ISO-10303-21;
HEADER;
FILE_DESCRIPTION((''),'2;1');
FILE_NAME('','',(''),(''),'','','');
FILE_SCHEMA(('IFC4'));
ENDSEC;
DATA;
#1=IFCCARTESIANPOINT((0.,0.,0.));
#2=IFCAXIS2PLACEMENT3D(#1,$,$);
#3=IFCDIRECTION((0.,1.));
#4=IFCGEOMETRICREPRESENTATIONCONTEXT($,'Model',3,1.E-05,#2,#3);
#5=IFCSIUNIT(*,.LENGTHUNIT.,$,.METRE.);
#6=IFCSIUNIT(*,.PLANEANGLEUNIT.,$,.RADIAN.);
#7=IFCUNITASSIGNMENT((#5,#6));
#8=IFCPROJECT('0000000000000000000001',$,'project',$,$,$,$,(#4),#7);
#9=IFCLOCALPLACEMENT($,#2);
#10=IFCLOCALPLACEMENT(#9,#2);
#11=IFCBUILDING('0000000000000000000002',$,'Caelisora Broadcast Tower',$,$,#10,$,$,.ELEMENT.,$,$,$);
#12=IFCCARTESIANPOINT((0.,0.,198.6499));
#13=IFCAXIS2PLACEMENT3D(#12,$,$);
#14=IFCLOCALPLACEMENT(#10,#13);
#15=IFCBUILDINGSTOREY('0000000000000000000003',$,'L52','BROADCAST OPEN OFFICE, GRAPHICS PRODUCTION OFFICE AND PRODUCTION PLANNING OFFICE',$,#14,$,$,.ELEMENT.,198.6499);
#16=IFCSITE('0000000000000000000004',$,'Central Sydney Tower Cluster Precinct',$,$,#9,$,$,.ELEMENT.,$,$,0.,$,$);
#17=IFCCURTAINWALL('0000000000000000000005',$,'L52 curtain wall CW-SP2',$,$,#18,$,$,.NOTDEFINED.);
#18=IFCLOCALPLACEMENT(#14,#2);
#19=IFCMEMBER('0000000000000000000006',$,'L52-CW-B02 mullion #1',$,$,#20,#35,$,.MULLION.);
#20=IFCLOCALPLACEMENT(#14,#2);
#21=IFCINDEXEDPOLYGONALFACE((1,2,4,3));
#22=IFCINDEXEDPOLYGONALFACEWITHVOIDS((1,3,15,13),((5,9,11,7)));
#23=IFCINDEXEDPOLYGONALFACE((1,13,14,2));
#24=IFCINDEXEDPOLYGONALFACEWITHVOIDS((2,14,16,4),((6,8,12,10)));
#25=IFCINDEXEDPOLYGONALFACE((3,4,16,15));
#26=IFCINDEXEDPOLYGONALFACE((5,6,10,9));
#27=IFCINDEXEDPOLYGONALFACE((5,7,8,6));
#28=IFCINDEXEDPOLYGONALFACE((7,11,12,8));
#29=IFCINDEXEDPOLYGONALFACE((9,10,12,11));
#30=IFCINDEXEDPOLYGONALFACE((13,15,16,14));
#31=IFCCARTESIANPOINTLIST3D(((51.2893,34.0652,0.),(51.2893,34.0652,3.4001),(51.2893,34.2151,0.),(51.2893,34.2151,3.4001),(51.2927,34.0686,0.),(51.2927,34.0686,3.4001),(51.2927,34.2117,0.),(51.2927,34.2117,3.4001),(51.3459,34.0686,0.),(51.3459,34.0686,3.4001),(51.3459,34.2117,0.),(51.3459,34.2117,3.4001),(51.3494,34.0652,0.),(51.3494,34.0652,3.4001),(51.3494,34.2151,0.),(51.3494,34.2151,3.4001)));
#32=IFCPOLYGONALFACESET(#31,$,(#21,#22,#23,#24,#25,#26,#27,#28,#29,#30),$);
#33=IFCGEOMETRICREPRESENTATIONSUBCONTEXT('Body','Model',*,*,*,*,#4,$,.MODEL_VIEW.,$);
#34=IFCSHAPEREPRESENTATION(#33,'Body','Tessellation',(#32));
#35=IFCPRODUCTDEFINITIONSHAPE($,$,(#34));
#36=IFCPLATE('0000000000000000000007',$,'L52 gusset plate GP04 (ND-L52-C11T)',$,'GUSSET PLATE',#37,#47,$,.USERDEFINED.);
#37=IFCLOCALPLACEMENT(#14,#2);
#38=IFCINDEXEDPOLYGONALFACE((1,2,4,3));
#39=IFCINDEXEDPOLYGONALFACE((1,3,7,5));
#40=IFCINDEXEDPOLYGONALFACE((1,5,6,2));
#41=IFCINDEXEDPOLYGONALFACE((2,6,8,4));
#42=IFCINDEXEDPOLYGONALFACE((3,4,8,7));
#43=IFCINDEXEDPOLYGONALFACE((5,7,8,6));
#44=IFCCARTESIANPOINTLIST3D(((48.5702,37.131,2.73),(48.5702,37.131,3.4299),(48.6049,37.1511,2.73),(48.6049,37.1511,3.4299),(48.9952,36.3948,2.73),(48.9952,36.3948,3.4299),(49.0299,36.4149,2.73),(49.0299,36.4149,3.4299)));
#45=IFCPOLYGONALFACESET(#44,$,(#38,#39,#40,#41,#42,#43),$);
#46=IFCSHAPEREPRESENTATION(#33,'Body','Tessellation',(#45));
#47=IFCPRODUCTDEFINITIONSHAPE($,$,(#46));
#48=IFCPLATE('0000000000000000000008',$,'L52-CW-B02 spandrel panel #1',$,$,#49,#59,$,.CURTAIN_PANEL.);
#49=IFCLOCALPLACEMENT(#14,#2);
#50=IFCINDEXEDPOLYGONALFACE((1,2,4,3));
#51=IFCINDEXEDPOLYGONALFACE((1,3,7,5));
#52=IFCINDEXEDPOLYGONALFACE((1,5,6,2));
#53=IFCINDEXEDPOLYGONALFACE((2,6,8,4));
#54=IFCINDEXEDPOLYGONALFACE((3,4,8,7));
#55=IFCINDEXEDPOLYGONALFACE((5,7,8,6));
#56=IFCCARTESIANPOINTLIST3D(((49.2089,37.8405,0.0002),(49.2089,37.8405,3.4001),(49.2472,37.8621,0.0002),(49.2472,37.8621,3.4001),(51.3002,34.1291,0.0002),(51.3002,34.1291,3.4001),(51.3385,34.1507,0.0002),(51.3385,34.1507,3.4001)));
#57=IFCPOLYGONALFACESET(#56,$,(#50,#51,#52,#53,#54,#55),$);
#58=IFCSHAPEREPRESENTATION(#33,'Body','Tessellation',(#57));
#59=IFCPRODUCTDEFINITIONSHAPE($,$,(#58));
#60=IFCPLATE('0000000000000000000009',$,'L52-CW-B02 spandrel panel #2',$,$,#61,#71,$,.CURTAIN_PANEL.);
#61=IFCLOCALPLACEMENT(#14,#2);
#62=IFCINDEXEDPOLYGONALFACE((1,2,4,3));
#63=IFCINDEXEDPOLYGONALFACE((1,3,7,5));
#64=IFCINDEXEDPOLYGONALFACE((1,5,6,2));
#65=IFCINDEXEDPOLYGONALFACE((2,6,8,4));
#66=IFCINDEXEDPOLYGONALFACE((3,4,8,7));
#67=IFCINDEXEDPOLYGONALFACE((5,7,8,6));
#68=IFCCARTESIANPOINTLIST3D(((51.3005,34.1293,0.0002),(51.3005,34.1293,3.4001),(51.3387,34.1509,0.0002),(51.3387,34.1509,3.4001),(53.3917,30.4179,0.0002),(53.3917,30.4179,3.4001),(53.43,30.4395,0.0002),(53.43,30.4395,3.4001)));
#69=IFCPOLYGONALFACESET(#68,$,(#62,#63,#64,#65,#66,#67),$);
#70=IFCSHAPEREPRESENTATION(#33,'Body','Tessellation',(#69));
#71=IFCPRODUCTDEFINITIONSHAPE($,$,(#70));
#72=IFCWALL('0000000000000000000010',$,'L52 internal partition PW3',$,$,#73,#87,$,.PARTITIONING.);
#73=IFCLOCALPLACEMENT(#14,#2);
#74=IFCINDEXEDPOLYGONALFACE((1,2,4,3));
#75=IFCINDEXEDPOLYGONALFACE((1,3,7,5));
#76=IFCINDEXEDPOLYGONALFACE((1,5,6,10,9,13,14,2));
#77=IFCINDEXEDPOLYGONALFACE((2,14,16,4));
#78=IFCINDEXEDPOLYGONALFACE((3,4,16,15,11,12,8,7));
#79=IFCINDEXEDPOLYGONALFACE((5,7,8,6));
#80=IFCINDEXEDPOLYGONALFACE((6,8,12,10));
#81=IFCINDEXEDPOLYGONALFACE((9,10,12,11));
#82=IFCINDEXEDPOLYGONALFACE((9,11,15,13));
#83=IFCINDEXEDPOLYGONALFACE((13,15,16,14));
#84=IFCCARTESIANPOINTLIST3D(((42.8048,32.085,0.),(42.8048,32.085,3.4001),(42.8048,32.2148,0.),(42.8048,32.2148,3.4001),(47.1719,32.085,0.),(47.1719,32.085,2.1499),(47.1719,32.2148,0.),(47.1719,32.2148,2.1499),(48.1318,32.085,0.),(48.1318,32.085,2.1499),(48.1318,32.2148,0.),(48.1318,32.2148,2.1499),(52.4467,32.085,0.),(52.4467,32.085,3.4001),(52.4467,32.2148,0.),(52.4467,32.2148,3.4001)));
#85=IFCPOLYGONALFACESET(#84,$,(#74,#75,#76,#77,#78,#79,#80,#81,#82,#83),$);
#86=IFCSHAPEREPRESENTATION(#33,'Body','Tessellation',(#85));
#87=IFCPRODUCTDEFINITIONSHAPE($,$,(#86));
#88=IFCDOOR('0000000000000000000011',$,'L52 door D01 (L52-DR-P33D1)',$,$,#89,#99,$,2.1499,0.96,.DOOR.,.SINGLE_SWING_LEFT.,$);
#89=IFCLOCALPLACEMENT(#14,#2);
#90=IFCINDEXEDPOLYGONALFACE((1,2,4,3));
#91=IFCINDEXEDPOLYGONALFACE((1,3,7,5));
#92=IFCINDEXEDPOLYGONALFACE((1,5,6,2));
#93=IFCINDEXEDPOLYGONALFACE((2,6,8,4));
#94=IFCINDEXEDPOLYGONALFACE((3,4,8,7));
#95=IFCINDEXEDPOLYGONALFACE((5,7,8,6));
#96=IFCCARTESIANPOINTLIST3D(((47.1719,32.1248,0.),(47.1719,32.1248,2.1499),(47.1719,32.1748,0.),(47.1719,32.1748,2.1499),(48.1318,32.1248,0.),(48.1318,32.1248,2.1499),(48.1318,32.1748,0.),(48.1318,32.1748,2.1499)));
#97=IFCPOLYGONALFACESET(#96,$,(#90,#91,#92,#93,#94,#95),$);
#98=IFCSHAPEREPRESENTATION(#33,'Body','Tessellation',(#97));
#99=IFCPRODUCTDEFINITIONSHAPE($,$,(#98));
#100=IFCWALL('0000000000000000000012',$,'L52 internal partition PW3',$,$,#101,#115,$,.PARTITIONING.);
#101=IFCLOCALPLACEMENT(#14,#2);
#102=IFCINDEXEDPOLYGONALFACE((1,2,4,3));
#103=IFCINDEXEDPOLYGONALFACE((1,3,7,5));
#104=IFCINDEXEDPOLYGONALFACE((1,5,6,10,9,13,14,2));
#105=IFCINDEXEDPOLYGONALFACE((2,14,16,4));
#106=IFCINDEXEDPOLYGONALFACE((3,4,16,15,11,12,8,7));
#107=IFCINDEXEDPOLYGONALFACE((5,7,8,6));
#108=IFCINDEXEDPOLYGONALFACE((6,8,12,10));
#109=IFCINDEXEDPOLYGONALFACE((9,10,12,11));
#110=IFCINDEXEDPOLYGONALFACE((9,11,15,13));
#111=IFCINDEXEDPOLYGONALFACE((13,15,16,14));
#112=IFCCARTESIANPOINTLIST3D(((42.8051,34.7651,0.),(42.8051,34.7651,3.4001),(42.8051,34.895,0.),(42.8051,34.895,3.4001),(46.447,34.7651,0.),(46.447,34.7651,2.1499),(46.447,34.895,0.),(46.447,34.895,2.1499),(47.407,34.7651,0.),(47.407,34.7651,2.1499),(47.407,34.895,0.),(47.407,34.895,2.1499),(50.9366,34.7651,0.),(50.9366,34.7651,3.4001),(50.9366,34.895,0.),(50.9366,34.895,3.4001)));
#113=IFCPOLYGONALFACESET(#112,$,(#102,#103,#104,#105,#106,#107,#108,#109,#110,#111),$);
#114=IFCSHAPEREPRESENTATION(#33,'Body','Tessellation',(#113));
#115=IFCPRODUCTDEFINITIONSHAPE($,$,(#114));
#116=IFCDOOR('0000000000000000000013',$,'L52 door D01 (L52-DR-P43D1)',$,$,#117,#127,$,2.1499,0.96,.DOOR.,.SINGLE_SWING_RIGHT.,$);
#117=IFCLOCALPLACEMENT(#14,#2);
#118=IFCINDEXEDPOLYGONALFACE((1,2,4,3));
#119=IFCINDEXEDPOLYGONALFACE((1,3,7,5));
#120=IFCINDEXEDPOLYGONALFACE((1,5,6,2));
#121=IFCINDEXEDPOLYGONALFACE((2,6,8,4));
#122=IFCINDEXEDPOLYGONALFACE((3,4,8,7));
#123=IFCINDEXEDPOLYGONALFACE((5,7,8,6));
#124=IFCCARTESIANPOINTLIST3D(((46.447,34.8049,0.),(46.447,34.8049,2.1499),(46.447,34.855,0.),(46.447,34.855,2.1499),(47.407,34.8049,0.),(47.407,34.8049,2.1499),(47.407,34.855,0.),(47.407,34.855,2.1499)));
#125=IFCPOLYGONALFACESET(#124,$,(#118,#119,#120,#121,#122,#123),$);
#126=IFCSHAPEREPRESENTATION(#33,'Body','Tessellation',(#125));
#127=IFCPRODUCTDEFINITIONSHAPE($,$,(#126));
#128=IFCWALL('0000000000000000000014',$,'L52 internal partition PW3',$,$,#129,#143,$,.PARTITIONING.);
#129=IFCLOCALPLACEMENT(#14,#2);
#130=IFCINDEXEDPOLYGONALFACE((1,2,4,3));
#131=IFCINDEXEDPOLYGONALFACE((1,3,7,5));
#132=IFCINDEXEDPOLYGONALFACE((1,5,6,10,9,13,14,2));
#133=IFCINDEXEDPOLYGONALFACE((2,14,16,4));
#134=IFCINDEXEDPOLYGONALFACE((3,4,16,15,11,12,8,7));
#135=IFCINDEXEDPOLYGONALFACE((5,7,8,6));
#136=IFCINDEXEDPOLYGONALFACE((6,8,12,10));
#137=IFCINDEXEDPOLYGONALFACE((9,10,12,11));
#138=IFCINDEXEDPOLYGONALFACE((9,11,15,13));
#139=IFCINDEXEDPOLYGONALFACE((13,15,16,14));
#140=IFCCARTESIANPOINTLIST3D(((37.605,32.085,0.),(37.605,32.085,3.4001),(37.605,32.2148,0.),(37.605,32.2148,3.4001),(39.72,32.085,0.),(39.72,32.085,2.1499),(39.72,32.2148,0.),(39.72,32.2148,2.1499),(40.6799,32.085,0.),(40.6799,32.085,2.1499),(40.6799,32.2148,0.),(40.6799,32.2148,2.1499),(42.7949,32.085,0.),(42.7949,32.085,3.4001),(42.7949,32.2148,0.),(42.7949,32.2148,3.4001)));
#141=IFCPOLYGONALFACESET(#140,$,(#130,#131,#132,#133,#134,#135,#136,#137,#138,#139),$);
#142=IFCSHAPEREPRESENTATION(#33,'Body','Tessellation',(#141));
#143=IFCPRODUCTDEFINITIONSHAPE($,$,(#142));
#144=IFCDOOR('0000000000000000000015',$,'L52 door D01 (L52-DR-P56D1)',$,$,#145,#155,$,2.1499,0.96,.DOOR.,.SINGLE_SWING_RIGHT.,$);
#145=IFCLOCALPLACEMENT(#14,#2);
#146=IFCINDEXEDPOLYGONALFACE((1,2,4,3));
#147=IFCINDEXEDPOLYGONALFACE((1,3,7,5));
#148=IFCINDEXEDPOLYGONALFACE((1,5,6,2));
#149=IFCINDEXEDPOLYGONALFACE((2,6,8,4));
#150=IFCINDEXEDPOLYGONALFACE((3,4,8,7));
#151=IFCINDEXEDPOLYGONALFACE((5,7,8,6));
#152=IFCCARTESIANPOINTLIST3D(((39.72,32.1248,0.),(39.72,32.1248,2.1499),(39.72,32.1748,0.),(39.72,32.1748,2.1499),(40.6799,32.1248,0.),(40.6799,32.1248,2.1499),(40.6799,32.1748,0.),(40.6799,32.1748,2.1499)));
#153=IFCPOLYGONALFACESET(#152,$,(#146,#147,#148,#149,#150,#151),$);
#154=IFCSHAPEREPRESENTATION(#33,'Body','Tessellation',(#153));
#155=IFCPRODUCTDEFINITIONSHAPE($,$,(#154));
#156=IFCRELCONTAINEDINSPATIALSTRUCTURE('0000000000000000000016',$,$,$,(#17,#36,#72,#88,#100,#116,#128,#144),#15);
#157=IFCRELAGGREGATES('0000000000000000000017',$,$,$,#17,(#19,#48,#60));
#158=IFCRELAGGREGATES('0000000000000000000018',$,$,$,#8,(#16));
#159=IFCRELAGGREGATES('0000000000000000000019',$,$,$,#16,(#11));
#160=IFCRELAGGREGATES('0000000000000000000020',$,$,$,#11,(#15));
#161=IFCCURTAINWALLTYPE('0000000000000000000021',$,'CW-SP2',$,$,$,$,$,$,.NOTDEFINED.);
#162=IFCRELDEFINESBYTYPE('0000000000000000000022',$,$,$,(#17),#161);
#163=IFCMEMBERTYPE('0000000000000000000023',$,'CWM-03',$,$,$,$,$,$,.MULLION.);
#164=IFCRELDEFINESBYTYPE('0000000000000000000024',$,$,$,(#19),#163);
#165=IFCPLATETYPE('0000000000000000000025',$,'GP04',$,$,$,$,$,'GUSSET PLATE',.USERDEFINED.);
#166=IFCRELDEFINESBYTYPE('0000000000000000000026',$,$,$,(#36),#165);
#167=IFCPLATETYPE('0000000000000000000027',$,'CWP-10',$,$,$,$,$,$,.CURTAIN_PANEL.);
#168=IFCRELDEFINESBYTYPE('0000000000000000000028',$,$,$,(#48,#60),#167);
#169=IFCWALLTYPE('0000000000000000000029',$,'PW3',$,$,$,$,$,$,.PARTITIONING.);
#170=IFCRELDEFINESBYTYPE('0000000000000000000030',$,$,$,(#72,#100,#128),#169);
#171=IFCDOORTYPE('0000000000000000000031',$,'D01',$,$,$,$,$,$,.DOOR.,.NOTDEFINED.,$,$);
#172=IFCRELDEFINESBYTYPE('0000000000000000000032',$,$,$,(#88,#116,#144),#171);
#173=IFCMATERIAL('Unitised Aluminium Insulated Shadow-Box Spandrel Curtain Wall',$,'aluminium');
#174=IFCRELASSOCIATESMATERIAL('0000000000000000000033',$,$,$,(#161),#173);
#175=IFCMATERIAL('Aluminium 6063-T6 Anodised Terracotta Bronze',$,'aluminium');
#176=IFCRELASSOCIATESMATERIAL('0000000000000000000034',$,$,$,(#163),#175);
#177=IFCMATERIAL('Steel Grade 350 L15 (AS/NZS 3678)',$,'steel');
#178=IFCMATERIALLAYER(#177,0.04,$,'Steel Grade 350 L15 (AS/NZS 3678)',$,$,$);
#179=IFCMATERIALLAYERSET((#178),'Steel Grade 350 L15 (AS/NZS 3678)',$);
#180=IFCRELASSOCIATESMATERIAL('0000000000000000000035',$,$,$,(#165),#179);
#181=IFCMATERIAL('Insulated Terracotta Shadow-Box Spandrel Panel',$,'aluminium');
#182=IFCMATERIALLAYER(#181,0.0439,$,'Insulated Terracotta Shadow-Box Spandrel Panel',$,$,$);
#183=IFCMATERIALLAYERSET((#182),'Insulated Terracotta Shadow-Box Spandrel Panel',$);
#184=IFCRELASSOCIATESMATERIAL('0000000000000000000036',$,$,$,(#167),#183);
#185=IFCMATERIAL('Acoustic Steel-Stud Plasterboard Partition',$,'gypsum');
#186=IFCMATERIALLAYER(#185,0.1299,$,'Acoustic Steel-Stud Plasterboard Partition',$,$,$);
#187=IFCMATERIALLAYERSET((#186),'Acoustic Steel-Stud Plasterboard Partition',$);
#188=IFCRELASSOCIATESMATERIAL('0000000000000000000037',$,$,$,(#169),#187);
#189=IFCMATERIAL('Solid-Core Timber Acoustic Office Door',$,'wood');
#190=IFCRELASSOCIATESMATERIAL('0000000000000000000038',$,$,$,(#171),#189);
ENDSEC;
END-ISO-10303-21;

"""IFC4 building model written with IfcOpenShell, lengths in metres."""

from ifc_helpers import new_model, si_unit, direction, frame, frame_2d, origin, origin_2d, place, context, subcontext, project, spatial, rectangle, hollow_rectangle, extrude, source, transform, mapped, material, layer, layer_set, material_profile, profile_set, type_object, type_shapes, element, fill, aggregate, save


model = new_model("IFC4")

# Units and contexts
model_context = context("Model", 3, precision=1e-05, world=origin(), true_north=direction((0.0, 1.0)))
body_context = subcontext(model_context, "Body", "Model", "MODEL_VIEW")
ifc_project = project(units=[si_unit("LENGTHUNIT", "METRE"), si_unit("PLANEANGLEUNIT", "RADIAN")], contexts=[model_context])

# Site, building, storey
site_placement = place(None, origin())
site = spatial("IfcSite", under=ifc_project, at=site_placement, Name="Central Sydney Tower Cluster Precinct", CompositionType="ELEMENT", RefElevation=0.0)
building_placement = place(site_placement, origin())
building = spatial("IfcBuilding", under=site, at=building_placement, Name="Caelisora Broadcast Tower", CompositionType="ELEMENT")
storey_placement = place(building_placement, frame((0.0, 0.0, 198.6499)))
storey = spatial("IfcBuildingStorey", under=building, at=storey_placement, Name="L52", Description="BROADCAST OPEN OFFICE, GRAPHICS PRODUCTION OFFICE AND PRODUCTION PLANNING OFFICE", CompositionType="ELEMENT", Elevation=198.6499)

# Shared definitions
ifc_material_1 = material(Name="Steel Grade 350 L15 (AS/NZS 3678)", Category="steel")

# Curtain wall, member
ifc_material_2 = material(Name="Unitised Aluminium Insulated Shadow-Box Spandrel Curtain Wall", Category="aluminium")
curtain_wall_type = type_object("IfcCurtainWallType", Name="CW-SP2", PredefinedType="NOTDEFINED", material=ifc_material_2)
curtain_wall_placement = place(storey_placement, origin())
curtain_wall = element("IfcCurtainWall", 1, at=curtain_wall_placement, inside=storey, type_object=curtain_wall_type, Name="L52 curtain wall CW-SP2", PredefinedType="NOTDEFINED")
ifc_material_3 = material(Name="Aluminium 6063-T6 Anodised Terracotta Bronze", Category="aluminium")
ifc_material_profile_1 = material_profile(ifc_material_3, hollow_rectangle(XDim=0.0601, YDim=0.1499, WallThickness=0.0034, at=origin_2d()), Name="Aluminium 6063-T6 Anodised Terracotta Bronze")
ifc_profile_set_1 = profile_set([ifc_material_profile_1], Name="Aluminium 6063-T6 Anodised Terracotta Bronze")
member_type = type_object("IfcMemberType", Name="CWM-03", PredefinedType="MULLION", material=ifc_profile_set_1)
shared_shape_1 = source(origin(), body_context, "Body", "SweptSolid", [
    extrude(hollow_rectangle(XDim=0.0601, YDim=0.1499, WallThickness=0.0034, at=origin_2d()), origin(), (0.0, 0.0, 1.0), 3.4001),
])
type_shapes(member_type, [shared_shape_1])
member_placement = place(storey_placement, frame((51.3193, 34.1401, 0.0), z_axis=(0.0, 0.0, 1.0), x_axis=(1.0, 0.0, 0.0)))
member = element("IfcMember", 2, at=member_placement, type_object=member_type, Name="L52-CW-B02 mullion #1", PredefinedType="MULLION", context=body_context, shape_type="MappedRepresentation", body=[
    mapped(shared_shape_1, transform((0.0, 0.0, 0.0), scale=1.0)),
])

# Plates
ifc_layer_1 = layer(ifc_material_1, 0.04, Name="Steel Grade 350 L15 (AS/NZS 3678)")
ifc_layer_set_1 = layer_set([ifc_layer_1], Name="Steel Grade 350 L15 (AS/NZS 3678)")
plate_type_1 = type_object("IfcPlateType", Name="GP04", ElementType="GUSSET PLATE", PredefinedType="USERDEFINED", material=ifc_layer_set_1)
shared_shape_2 = source(origin(), body_context, "Body", "SweptSolid", [
    extrude(rectangle(XDim=0.8501, YDim=0.04, at=origin_2d()), origin(), (0.0, 0.0, 1.0), 0.7),
])
type_shapes(plate_type_1, [shared_shape_2])
plate_1_placement = place(storey_placement, frame((48.8, 36.7729, 2.73), z_axis=(0.0, 0.0, 1.0), x_axis=(-0.5, 0.866025, 0.0)))
element("IfcPlate", 3, at=plate_1_placement, inside=storey, type_object=plate_type_1, Name="L52 gusset plate GP04 (ND-L52-C11T)", ObjectType="GUSSET PLATE", PredefinedType="USERDEFINED", context=body_context, shape_type="MappedRepresentation", body=[
    mapped(shared_shape_2, transform((0.0, 0.0, 0.0), scale=1.0)),
])
ifc_material_4 = material(Name="Insulated Terracotta Shadow-Box Spandrel Panel", Category="aluminium")
ifc_layer_2 = layer(ifc_material_4, 0.0439, Name="Insulated Terracotta Shadow-Box Spandrel Panel")
ifc_layer_set_2 = layer_set([ifc_layer_2], Name="Insulated Terracotta Shadow-Box Spandrel Panel")
plate_type_2 = type_object("IfcPlateType", Name="CWP-10", PredefinedType="CURTAIN_PANEL", material=ifc_layer_set_2)
shared_shape_3 = source(origin(), body_context, "Body", "SweptSolid", [
    extrude(rectangle(XDim=4.26, YDim=0.0439, at=origin_2d()), origin(), (0.0, 0.0, 1.0), 3.3999),
])
type_shapes(plate_type_2, [shared_shape_3])
plate_2_placement = place(storey_placement, frame((50.2737, 35.9956, 0.0002), z_axis=(0.0, 0.0, 1.0), x_axis=(0.490904, -0.871214, 0.0)))
plate_2 = element("IfcPlate", 4, at=plate_2_placement, type_object=plate_type_2, Name="L52-CW-B02 spandrel panel #1", PredefinedType="CURTAIN_PANEL", context=body_context, shape_type="MappedRepresentation", body=[
    mapped(shared_shape_3, transform((0.0, 0.0, 0.0), scale=1.0)),
])
plate_3_placement = place(storey_placement, frame((52.3652, 32.2844, 0.0002), z_axis=(0.0, 0.0, 1.0), x_axis=(0.490904, -0.871214, 0.0)))
plate_3 = element("IfcPlate", 5, at=plate_3_placement, type_object=plate_type_2, Name="L52-CW-B02 spandrel panel #2", PredefinedType="CURTAIN_PANEL", context=body_context, shape_type="MappedRepresentation", body=[
    mapped(shared_shape_3, transform((0.0, 0.0, 0.0), scale=1.0)),
])
aggregate(curtain_wall, [member, plate_2, plate_3])

# Walls, openings, doors
ifc_material_5 = material(Name="Acoustic Steel-Stud Plasterboard Partition", Category="gypsum")
ifc_layer_3 = layer(ifc_material_5, 0.1299, Name="Acoustic Steel-Stud Plasterboard Partition")
ifc_layer_set_3 = layer_set([ifc_layer_3], Name="Acoustic Steel-Stud Plasterboard Partition")
wall_type_1 = type_object("IfcWallType", Name="PW3", PredefinedType="PARTITIONING", material=ifc_layer_set_3)
wall_1_placement = place(storey_placement, frame((42.8049, 32.1499, 0.0), z_axis=(0.0, 0.0, 1.0), x_axis=(1.0, 0.0, 0.0)))
wall_1 = element("IfcWall", 6, at=wall_1_placement, inside=storey, type_object=wall_type_1, Name="L52 internal partition PW3", PredefinedType="PARTITIONING", context=body_context, shape_type="SweptSolid", body=[
    extrude(rectangle(XDim=9.6418, YDim=0.1299, at=frame_2d((4.8208, 0.0))), origin(), (0.0, 0.0, 1.0), 3.4001),
])
opening_1_placement = place(wall_1_placement, frame((4.3669, 0.0, 0.0)))
opening_1 = element("IfcOpeningElement", 7, at=opening_1_placement, cuts=wall_1, PredefinedType="OPENING", context=body_context, shape_type="SweptSolid", body=[
    extrude(rectangle(XDim=0.96, YDim=2.1499, at=frame_2d((0.48, 1.075))), frame((0.0, 0.0769, 0.0), z_axis=(0.0, -1.0, 0.0), x_axis=(1.0, 0.0, 0.0)), (0.0, 0.0, 1.0), 0.1538),
])
ifc_material_6 = material(Name="Solid-Core Timber Acoustic Office Door", Category="wood")
door_type = type_object("IfcDoorType", Name="D01", OperationType="NOTDEFINED", PredefinedType="DOOR", material=ifc_material_6)
door_1_placement = place(opening_1_placement, origin())
door_1 = element("IfcDoor", 8, at=door_1_placement, inside=storey, type_object=door_type, Name="L52 door D01 (L52-DR-P33D1)", OperationType="SINGLE_SWING_LEFT", OverallHeight=2.1499, OverallWidth=0.96, PredefinedType="DOOR", context=body_context, shape_type="SweptSolid", body=[
    extrude(rectangle(XDim=0.96, YDim=2.1499, at=frame_2d((0.48, 1.075))), frame((0.0, 0.0249, 0.0), z_axis=(0.0, -1.0, 0.0), x_axis=(1.0, 0.0, 0.0)), (0.0, 0.0, 1.0), 0.05),
])
fill(opening_1, door_1)
wall_2_placement = place(storey_placement, frame((42.8049, 34.8301, 0.0), z_axis=(0.0, 0.0, 1.0), x_axis=(1.0, 0.0, 0.0)))
wall_2 = element("IfcWall", 9, at=wall_2_placement, inside=storey, type_object=wall_type_1, Name="L52 internal partition PW3", PredefinedType="PARTITIONING", context=body_context, shape_type="SweptSolid", body=[
    extrude(rectangle(XDim=8.1316, YDim=0.1299, at=frame_2d((4.0659, 0.0))), origin(), (0.0, 0.0, 1.0), 3.4001),
])
opening_2_placement = place(wall_2_placement, frame((3.6421, 0.0, 0.0)))
opening_2 = element("IfcOpeningElement", 10, at=opening_2_placement, cuts=wall_2, PredefinedType="OPENING", context=body_context, shape_type="SweptSolid", body=[
    extrude(rectangle(XDim=0.96, YDim=2.1499, at=frame_2d((0.48, 1.075))), frame((0.0, 0.0769, 0.0), z_axis=(0.0, -1.0, 0.0), x_axis=(1.0, 0.0, 0.0)), (0.0, 0.0, 1.0), 0.1538),
])
door_2_placement = place(opening_2_placement, origin())
door_2 = element("IfcDoor", 11, at=door_2_placement, inside=storey, type_object=door_type, Name="L52 door D01 (L52-DR-P43D1)", OperationType="SINGLE_SWING_RIGHT", OverallHeight=2.1499, OverallWidth=0.96, PredefinedType="DOOR", context=body_context, shape_type="SweptSolid", body=[
    extrude(rectangle(XDim=0.96, YDim=2.1499, at=frame_2d((0.48, 1.075))), frame((0.0, 0.0249, 0.0), z_axis=(0.0, -1.0, 0.0), x_axis=(1.0, 0.0, 0.0)), (0.0, 0.0, 1.0), 0.05),
])
fill(opening_2, door_2)
wall_3_placement = place(storey_placement, frame((37.605, 32.1499, 0.0), z_axis=(0.0, 0.0, 1.0), x_axis=(1.0, 0.0, 0.0)))
wall_3 = element("IfcWall", 12, at=wall_3_placement, inside=storey, type_object=wall_type_1, Name="L52 internal partition PW3", PredefinedType="PARTITIONING", context=body_context, shape_type="SweptSolid", body=[
    extrude(rectangle(XDim=5.1899, YDim=0.1299, at=frame_2d((2.595, 0.0))), origin(), (0.0, 0.0, 1.0), 3.4001),
])
opening_3_placement = place(wall_3_placement, frame((2.115, 0.0, 0.0)))
opening_3 = element("IfcOpeningElement", 13, at=opening_3_placement, cuts=wall_3, PredefinedType="OPENING", context=body_context, shape_type="SweptSolid", body=[
    extrude(rectangle(XDim=0.96, YDim=2.1499, at=frame_2d((0.48, 1.075))), frame((0.0, 0.0769, 0.0), z_axis=(0.0, -1.0, 0.0), x_axis=(1.0, 0.0, 0.0)), (0.0, 0.0, 1.0), 0.1538),
])
door_3_placement = place(opening_3_placement, origin())
door_3 = element("IfcDoor", 14, at=door_3_placement, inside=storey, type_object=door_type, Name="L52 door D01 (L52-DR-P56D1)", OperationType="SINGLE_SWING_RIGHT", OverallHeight=2.1499, OverallWidth=0.96, PredefinedType="DOOR", context=body_context, shape_type="SweptSolid", body=[
    extrude(rectangle(XDim=0.96, YDim=2.1499, at=frame_2d((0.48, 1.075))), frame((0.0, 0.0249, 0.0), z_axis=(0.0, -1.0, 0.0), x_axis=(1.0, 0.0, 0.0)), (0.0, 0.0, 1.0), 0.05),
])
fill(opening_3, door_3)

save(model, "model.ifc")
